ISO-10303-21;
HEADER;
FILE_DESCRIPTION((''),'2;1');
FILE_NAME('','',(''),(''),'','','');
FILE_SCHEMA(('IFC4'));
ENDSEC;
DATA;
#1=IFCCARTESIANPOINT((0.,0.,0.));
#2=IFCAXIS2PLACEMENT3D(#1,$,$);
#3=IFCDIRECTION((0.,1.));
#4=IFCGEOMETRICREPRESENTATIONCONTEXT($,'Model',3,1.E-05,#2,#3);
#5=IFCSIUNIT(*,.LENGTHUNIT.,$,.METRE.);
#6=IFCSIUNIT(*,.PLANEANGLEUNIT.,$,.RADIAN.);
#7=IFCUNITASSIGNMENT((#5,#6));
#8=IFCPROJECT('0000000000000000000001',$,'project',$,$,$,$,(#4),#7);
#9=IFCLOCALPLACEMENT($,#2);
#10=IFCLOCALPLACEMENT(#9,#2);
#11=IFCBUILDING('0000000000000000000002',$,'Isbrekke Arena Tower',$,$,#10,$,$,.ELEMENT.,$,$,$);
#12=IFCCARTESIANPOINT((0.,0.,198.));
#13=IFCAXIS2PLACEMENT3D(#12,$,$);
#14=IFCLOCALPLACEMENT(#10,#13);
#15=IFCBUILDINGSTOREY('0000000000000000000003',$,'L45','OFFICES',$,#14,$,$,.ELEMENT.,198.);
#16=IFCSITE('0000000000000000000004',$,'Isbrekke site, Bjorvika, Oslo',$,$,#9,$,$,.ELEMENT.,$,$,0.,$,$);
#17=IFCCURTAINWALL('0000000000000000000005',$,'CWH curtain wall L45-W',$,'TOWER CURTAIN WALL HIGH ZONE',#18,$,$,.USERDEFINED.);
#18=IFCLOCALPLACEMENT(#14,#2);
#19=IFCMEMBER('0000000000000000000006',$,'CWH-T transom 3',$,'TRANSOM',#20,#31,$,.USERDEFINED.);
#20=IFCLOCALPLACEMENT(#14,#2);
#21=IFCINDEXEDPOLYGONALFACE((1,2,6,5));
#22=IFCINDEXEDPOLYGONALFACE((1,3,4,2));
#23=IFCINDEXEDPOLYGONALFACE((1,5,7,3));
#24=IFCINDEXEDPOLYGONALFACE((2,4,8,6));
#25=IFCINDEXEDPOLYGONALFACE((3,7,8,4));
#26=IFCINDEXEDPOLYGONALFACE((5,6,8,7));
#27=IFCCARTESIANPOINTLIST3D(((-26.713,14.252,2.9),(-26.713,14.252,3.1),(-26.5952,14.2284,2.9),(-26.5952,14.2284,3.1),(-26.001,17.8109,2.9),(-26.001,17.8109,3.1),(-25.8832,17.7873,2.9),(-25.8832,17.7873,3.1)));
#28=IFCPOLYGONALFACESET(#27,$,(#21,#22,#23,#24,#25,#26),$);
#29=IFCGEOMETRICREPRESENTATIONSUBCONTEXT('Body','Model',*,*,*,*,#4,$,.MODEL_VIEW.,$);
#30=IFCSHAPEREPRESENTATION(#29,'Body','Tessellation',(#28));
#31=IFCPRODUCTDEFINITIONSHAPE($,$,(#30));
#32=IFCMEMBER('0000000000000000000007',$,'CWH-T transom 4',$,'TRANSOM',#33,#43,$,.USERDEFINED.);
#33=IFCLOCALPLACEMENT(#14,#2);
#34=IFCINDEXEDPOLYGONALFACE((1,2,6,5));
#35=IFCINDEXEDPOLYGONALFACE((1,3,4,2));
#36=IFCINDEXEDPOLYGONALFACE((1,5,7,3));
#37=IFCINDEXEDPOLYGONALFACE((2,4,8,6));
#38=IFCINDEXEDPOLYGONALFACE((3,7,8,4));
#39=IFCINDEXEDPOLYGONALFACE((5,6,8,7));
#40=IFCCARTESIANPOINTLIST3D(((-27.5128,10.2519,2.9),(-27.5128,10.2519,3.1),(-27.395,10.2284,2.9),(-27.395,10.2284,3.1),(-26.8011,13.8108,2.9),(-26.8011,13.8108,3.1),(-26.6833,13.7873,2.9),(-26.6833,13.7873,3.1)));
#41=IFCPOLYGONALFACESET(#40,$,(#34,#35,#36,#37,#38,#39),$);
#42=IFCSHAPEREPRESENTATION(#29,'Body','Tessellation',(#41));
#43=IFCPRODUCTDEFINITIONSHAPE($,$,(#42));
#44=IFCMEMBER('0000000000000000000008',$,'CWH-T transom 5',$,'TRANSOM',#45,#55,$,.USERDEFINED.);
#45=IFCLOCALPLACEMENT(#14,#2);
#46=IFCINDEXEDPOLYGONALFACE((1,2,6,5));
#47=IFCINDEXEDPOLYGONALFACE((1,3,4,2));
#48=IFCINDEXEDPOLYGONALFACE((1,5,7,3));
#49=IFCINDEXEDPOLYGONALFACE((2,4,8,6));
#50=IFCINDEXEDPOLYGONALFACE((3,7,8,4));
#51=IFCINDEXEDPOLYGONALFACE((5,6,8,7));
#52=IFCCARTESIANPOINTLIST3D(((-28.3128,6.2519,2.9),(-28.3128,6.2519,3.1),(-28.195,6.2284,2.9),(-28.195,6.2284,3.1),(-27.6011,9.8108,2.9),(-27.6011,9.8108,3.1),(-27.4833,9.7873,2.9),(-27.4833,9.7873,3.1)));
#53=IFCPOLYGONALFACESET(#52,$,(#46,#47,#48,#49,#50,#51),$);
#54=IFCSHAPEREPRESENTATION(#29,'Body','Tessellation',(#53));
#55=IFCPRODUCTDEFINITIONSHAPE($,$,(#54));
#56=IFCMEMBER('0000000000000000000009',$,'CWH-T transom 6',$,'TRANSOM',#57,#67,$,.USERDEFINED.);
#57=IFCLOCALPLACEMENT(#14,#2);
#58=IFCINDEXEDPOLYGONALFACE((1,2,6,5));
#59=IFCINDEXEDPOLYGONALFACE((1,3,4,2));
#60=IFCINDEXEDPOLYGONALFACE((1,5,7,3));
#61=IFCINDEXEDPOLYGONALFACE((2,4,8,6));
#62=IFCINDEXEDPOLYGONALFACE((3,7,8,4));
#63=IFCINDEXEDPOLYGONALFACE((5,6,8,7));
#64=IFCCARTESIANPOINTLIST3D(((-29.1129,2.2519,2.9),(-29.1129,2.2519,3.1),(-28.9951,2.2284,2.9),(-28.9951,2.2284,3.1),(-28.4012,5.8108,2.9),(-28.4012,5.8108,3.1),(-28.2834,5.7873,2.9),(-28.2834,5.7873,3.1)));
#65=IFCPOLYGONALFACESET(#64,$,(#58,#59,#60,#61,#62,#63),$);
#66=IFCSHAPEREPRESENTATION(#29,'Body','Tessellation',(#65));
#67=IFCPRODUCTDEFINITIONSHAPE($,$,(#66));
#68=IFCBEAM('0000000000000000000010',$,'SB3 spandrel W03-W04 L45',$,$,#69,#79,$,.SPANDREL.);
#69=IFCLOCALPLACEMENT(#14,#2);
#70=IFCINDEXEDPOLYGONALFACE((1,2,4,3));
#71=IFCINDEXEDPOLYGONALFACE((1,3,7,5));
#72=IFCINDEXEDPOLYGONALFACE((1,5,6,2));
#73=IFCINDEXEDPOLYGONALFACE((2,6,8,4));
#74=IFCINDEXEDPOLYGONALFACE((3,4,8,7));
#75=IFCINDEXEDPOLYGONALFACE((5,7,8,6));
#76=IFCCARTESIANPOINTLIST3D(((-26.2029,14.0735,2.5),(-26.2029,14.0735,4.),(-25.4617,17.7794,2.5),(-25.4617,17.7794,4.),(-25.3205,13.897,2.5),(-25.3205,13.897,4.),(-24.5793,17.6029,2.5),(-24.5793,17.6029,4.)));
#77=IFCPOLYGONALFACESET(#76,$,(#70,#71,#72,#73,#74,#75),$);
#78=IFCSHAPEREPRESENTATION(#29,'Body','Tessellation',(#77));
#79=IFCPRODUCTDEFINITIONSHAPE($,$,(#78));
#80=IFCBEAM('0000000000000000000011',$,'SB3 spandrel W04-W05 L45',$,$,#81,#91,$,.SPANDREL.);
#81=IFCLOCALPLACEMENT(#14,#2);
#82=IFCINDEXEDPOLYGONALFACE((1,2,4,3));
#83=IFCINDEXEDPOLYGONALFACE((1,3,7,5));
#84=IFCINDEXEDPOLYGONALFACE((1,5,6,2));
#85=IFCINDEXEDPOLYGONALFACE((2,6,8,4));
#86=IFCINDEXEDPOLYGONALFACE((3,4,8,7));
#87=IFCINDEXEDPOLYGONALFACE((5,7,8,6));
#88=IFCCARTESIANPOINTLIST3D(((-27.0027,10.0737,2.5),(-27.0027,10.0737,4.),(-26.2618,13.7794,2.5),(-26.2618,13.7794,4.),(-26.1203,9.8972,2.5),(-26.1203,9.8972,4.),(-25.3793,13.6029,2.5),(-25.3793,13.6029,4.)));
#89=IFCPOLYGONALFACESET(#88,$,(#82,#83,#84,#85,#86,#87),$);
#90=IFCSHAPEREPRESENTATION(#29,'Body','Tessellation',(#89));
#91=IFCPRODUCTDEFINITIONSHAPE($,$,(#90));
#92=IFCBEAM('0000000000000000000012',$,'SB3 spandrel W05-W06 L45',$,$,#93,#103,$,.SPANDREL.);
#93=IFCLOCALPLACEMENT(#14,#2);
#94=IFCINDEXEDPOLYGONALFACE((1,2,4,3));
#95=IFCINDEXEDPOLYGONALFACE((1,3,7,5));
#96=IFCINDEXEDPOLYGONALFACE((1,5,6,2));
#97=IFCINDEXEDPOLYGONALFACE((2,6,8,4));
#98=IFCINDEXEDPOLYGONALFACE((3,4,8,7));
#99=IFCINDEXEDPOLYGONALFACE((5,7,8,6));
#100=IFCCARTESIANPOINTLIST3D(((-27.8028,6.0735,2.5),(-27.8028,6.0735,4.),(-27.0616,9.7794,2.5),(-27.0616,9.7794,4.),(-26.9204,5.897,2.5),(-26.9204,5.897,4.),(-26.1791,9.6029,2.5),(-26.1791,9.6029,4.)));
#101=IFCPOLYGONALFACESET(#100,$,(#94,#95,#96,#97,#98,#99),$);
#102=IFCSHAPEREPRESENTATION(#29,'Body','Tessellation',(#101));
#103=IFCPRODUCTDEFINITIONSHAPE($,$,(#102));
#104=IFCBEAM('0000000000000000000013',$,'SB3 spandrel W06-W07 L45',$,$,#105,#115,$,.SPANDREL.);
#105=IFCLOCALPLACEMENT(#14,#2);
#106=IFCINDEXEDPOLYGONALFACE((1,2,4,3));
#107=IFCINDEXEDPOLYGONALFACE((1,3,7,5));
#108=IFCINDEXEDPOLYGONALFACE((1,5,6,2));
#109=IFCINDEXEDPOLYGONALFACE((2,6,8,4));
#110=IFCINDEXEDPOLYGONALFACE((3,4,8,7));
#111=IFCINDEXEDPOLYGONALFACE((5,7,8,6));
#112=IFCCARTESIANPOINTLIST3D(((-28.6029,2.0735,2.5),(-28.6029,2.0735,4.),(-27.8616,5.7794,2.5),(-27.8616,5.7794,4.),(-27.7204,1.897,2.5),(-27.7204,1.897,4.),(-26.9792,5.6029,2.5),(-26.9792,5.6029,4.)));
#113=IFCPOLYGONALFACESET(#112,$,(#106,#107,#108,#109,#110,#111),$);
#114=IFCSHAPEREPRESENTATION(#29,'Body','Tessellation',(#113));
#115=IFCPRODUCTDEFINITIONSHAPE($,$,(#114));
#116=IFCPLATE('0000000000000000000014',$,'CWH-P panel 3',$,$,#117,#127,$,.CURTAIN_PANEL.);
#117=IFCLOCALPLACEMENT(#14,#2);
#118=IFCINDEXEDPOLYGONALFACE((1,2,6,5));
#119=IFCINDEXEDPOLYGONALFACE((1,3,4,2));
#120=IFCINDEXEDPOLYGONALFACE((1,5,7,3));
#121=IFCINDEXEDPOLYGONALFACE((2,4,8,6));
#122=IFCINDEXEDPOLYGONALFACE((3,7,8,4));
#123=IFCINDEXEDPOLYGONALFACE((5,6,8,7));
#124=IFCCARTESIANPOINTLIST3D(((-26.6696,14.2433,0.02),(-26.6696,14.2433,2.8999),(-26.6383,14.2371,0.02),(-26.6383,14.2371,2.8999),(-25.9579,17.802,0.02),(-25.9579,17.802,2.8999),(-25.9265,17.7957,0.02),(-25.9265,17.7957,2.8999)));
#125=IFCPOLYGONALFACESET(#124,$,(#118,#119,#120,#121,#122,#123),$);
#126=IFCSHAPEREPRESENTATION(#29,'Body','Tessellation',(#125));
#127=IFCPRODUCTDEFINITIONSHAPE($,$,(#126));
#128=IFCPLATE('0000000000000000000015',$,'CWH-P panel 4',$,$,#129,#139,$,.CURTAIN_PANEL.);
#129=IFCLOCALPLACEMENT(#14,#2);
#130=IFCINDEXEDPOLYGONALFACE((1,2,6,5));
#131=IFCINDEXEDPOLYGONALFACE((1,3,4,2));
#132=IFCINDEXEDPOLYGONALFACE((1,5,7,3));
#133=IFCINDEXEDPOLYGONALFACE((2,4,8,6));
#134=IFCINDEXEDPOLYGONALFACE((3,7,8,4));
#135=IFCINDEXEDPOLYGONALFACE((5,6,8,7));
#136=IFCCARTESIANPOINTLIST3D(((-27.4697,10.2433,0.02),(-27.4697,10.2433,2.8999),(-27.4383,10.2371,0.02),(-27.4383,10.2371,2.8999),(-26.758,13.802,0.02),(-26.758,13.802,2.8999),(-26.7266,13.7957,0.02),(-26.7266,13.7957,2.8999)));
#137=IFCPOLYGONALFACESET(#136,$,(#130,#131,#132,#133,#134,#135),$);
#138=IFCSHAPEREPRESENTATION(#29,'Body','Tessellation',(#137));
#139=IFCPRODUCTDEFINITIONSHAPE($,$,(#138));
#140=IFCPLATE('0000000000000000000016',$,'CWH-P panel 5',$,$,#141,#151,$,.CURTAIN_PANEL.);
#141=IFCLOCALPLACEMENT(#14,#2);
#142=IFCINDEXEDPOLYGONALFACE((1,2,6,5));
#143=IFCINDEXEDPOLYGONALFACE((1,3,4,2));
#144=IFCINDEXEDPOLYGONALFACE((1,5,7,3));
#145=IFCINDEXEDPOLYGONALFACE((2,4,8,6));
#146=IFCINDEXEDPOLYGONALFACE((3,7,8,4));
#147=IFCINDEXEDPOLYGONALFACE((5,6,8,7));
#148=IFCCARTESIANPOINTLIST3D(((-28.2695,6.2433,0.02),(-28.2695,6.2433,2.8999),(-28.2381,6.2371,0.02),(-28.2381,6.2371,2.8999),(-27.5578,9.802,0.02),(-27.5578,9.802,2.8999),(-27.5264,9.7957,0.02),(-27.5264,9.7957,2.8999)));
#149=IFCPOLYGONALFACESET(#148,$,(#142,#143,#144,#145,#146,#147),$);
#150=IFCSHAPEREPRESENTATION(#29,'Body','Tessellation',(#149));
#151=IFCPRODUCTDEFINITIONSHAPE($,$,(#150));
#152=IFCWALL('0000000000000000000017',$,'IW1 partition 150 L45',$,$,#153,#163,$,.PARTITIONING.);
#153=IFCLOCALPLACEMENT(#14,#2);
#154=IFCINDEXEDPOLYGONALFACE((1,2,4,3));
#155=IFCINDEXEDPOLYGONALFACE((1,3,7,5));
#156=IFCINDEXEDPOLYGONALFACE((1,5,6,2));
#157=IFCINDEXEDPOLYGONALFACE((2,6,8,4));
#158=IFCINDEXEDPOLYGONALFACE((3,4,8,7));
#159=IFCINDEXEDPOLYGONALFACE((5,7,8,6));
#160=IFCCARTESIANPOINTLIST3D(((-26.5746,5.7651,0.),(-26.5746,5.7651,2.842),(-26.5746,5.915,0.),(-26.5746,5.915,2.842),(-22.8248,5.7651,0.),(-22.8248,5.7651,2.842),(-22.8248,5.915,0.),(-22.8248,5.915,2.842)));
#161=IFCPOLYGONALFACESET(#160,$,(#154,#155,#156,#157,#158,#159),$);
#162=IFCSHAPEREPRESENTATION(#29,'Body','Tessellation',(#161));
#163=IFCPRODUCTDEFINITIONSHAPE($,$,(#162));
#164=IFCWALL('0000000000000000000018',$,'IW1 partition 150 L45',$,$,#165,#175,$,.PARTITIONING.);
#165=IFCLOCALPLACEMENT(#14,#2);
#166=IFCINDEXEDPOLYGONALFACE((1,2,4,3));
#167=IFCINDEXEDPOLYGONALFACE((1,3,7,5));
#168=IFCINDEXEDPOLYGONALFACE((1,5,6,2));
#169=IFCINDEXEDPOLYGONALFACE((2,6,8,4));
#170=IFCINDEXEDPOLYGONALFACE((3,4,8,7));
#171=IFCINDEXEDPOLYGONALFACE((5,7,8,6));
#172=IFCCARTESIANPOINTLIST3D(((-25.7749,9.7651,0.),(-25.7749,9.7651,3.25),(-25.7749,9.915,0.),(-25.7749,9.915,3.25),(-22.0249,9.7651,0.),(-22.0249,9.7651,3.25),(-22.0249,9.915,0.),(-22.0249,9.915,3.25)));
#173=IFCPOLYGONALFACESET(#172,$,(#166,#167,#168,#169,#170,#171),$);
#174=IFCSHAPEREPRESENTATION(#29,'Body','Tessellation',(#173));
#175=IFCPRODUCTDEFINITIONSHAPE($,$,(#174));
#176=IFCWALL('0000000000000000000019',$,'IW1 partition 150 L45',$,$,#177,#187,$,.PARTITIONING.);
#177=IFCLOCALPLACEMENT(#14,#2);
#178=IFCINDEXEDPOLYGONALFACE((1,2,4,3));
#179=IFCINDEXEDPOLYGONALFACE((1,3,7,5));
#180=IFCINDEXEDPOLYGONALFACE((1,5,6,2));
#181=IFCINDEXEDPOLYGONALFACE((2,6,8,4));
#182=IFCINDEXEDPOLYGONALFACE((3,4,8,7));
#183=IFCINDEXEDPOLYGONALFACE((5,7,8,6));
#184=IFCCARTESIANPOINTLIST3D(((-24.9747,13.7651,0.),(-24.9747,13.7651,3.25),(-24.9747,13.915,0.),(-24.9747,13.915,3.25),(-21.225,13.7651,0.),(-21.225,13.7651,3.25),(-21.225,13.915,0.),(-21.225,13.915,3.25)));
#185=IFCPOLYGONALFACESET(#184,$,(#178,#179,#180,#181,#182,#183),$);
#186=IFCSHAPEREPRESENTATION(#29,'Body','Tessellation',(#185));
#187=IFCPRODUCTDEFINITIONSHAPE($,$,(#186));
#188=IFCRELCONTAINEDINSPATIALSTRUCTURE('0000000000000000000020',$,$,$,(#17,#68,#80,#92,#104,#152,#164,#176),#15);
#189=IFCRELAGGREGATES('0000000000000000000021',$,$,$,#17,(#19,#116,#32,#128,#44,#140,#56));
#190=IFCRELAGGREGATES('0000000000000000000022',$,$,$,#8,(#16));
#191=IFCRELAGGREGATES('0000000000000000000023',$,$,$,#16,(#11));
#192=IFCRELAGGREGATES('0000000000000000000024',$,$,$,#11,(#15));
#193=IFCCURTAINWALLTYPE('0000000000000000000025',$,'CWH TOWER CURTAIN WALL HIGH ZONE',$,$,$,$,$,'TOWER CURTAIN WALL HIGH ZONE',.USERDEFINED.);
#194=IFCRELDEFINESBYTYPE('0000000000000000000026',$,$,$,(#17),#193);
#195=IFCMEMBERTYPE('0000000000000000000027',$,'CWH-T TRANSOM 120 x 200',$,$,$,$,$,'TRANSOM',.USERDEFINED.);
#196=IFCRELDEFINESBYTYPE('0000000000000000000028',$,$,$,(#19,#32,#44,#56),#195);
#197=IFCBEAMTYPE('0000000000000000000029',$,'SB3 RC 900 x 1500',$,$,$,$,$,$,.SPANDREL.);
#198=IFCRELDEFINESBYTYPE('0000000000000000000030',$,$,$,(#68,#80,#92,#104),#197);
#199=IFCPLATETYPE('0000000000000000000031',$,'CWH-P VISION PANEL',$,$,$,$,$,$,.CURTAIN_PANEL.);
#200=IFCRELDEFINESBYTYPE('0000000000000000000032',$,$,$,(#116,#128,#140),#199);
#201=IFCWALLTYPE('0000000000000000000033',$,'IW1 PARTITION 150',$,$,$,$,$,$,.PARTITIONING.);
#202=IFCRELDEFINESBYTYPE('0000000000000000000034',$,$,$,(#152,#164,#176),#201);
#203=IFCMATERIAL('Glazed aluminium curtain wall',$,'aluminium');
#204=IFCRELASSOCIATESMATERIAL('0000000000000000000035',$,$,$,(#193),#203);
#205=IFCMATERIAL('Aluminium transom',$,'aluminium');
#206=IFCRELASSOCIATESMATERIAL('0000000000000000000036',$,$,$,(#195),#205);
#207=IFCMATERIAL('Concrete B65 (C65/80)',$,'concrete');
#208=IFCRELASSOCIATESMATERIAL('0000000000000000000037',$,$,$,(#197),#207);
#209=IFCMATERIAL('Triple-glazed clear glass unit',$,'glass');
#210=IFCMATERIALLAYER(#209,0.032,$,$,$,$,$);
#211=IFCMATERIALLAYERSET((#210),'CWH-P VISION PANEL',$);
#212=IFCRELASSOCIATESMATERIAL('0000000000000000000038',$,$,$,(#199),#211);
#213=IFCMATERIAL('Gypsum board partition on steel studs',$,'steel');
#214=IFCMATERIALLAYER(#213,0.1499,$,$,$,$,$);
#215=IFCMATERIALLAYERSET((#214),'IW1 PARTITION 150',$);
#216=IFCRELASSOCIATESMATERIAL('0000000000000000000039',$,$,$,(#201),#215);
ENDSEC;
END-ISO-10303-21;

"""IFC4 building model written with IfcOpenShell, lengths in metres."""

from ifc_helpers import new_model, si_unit, direction, frame, frame_2d, origin, origin_2d, place, context, subcontext, project, spatial, rectangle, extrude, material, layer, layer_set, material_profile, profile_set, type_object, element, aggregate, save


model = new_model("IFC4")

# Units and contexts
model_context = context("Model", 3, precision=1e-05, world=origin(), true_north=direction((0.0, 1.0)))
body_context = subcontext(model_context, "Body", "Model", "MODEL_VIEW")
ifc_project = project(units=[si_unit("LENGTHUNIT", "METRE"), si_unit("PLANEANGLEUNIT", "RADIAN")], contexts=[model_context])

# Site, building, storey
site_placement = place(None, origin())
site = spatial("IfcSite", under=ifc_project, at=site_placement, Name="Isbrekke site, Bjorvika, Oslo", CompositionType="ELEMENT", RefElevation=0.0)
building_placement = place(site_placement, origin())
building = spatial("IfcBuilding", under=site, at=building_placement, Name="Isbrekke Arena Tower", CompositionType="ELEMENT")
storey_placement = place(building_placement, frame((0.0, 0.0, 198.0)))
storey = spatial("IfcBuildingStorey", under=building, at=storey_placement, Name="L45", Description="OFFICES", CompositionType="ELEMENT", Elevation=198.0)

# Curtain wall, members
ifc_material_1 = material(Name="Glazed aluminium curtain wall", Category="aluminium")
curtain_wall_type = type_object("IfcCurtainWallType", Name="CWH TOWER CURTAIN WALL HIGH ZONE", ElementType="TOWER CURTAIN WALL HIGH ZONE", PredefinedType="USERDEFINED", material=ifc_material_1)
curtain_wall_placement = place(storey_placement, origin())
curtain_wall = element("IfcCurtainWall", 1, at=curtain_wall_placement, inside=storey, type_object=curtain_wall_type, Name="CWH curtain wall L45-W", ObjectType="TOWER CURTAIN WALL HIGH ZONE", PredefinedType="USERDEFINED")
ifc_material_2 = material(Name="Aluminium transom", Category="aluminium")
ifc_material_profile_1 = material_profile(ifc_material_2, rectangle(XDim=0.1201, YDim=0.2, at=origin_2d()), Name="TRANSOM 120X200")
ifc_profile_set_1 = profile_set([ifc_material_profile_1], Name="Aluminium transom")
member_type_1 = type_object("IfcMemberType", Name="CWH-T TRANSOM 120 x 200", ElementType="TRANSOM", PredefinedType="USERDEFINED", material=ifc_profile_set_1)
member_1_placement = place(storey_placement, frame((-25.9421, 17.7991, 3.0), z_axis=(-0.196155, -0.980573, 0.0), x_axis=(0.980573, -0.196155, 0.0)))
member_1 = element("IfcMember", 2, at=member_1_placement, type_object=member_type_1, Name="CWH-T transom 3", ObjectType="TRANSOM", PredefinedType="USERDEFINED", context=body_context, shape_type="SweptSolid", body=[
    extrude(rectangle(XDim=0.1201, YDim=0.2, at=origin_2d()), origin(), (0.0, 0.0, 1.0), 3.6294),
])
member_2_placement = place(storey_placement, frame((-26.7422, 13.7991, 3.0), z_axis=(-0.19609, -0.980586, 0.0), x_axis=(0.980586, -0.19609, 0.0)))
member_2 = element("IfcMember", 3, at=member_2_placement, type_object=member_type_1, Name="CWH-T transom 4", ObjectType="TRANSOM", PredefinedType="USERDEFINED", context=body_context, shape_type="SweptSolid", body=[
    extrude(rectangle(XDim=0.1201, YDim=0.2, at=origin_2d()), origin(), (0.0, 0.0, 1.0), 3.6294),
])
member_3_placement = place(storey_placement, frame((-27.5422, 9.7991, 3.0), z_axis=(-0.19609, -0.980586, 0.0), x_axis=(0.980586, -0.19609, 0.0)))
member_3 = element("IfcMember", 4, at=member_3_placement, type_object=member_type_1, Name="CWH-T transom 5", ObjectType="TRANSOM", PredefinedType="USERDEFINED", context=body_context, shape_type="SweptSolid", body=[
    extrude(rectangle(XDim=0.1201, YDim=0.2, at=origin_2d()), origin(), (0.0, 0.0, 1.0), 3.6294),
])
member_4_placement = place(storey_placement, frame((-28.3423, 5.7991, 3.0), z_axis=(-0.19609, -0.980586, 0.0), x_axis=(0.980586, -0.19609, 0.0)))
member_4 = element("IfcMember", 5, at=member_4_placement, type_object=member_type_1, Name="CWH-T transom 6", ObjectType="TRANSOM", PredefinedType="USERDEFINED", context=body_context, shape_type="SweptSolid", body=[
    extrude(rectangle(XDim=0.1201, YDim=0.2, at=origin_2d()), origin(), (0.0, 0.0, 1.0), 3.6294),
])

# Beams
ifc_material_3 = material(Name="Concrete B65 (C65/80)", Category="concrete")
ifc_material_profile_2 = material_profile(ifc_material_3, rectangle(XDim=0.8999, YDim=1.5, at=origin_2d()), Name="RC 900x1500")
ifc_profile_set_2 = profile_set([ifc_material_profile_2], Name="Concrete B65 (C65/80)")
beam_type_1 = type_object("IfcBeamType", Name="SB3 RC 900 x 1500", PredefinedType="SPANDREL", material=ifc_profile_set_2)
beam_1_placement = place(storey_placement, frame((-25.0205, 17.6912, 3.25), z_axis=(-0.196129, -0.980578, 0.0), x_axis=(0.980578, -0.196129, 0.0)))
element("IfcBeam", 6, at=beam_1_placement, inside=storey, type_object=beam_type_1, Name="SB3 spandrel W03-W04 L45", PredefinedType="SPANDREL", context=body_context, shape_type="SweptSolid", body=[
    extrude(rectangle(XDim=0.8999, YDim=1.5, at=origin_2d()), origin(), (0.0, 0.0, 1.0), 3.7793),
])
beam_2_placement = place(storey_placement, frame((-25.8206, 13.6912, 3.25), z_axis=(-0.196066, -0.980591, 0.0), x_axis=(0.980591, -0.196066, 0.0)))
element("IfcBeam", 7, at=beam_2_placement, inside=storey, type_object=beam_type_1, Name="SB3 spandrel W04-W05 L45", PredefinedType="SPANDREL", context=body_context, shape_type="SweptSolid", body=[
    extrude(rectangle(XDim=0.8999, YDim=1.5, at=origin_2d()), origin(), (0.0, 0.0, 1.0), 3.7791),
])
for number, where, z_axis, x_axis, name in (
    (8, (-26.6204, 9.6912, 3.25), (-0.196129, -0.980578, 0.0), (0.980578, -0.196129, 0.0), "SB3 spandrel W05-W06 L45"),
    (9, (-27.4204, 5.6912, 3.25), (-0.196129, -0.980578, 0.0), (0.980578, -0.196129, 0.0), "SB3 spandrel W06-W07 L45"),
):
    element("IfcBeam", number, at=place(storey_placement, frame(where, z_axis=z_axis, x_axis=x_axis)), inside=storey, type_object=beam_type_1, Name=name, PredefinedType="SPANDREL", context=body_context, shape_type="SweptSolid", body=[
        extrude(rectangle(XDim=0.8999, YDim=1.5, at=origin_2d()), origin(), (0.0, 0.0, 1.0), 3.7793),
    ])

# Plates
ifc_material_4 = material(Name="Triple-glazed clear glass unit", Category="glass")
ifc_layer_1 = layer(ifc_material_4, 0.032)
ifc_layer_set_1 = layer_set([ifc_layer_1], Name="CWH-P VISION PANEL")
plate_type = type_object("IfcPlateType", Name="CWH-P VISION PANEL", PredefinedType="CURTAIN_PANEL", material=ifc_layer_set_1)
plate_1_placement = place(storey_placement, frame((-26.2981, 16.0195, 0.02), z_axis=(0.0, 0.0, 1.0), x_axis=(-0.196116, -0.980581, 0.0)))
plate_1 = element("IfcPlate", 10, at=plate_1_placement, type_object=plate_type, Name="CWH-P panel 3", PredefinedType="CURTAIN_PANEL", context=body_context, shape_type="SweptSolid", body=[
    extrude(rectangle(XDim=3.6292, YDim=0.032, at=origin_2d()), origin(), (0.0, 0.0, 1.0), 2.8799),
])
plate_2_placement = place(storey_placement, frame((-27.0981, 12.0195, 0.02), z_axis=(0.0, 0.0, 1.0), x_axis=(-0.196116, -0.980581, 0.0)))
plate_2 = element("IfcPlate", 11, at=plate_2_placement, type_object=plate_type, Name="CWH-P panel 4", PredefinedType="CURTAIN_PANEL", context=body_context, shape_type="SweptSolid", body=[
    extrude(rectangle(XDim=3.6292, YDim=0.032, at=origin_2d()), origin(), (0.0, 0.0, 1.0), 2.8799),
])
plate_3_placement = place(storey_placement, frame((-27.8979, 8.0195, 0.02), z_axis=(0.0, 0.0, 1.0), x_axis=(-0.196116, -0.980581, 0.0)))
plate_3 = element("IfcPlate", 12, at=plate_3_placement, type_object=plate_type, Name="CWH-P panel 5", PredefinedType="CURTAIN_PANEL", context=body_context, shape_type="SweptSolid", body=[
    extrude(rectangle(XDim=3.6292, YDim=0.032, at=origin_2d()), origin(), (0.0, 0.0, 1.0), 2.8799),
])
aggregate(curtain_wall, [member_1, plate_1, member_2, plate_2, member_3, plate_3, member_4])

# Walls
ifc_material_5 = material(Name="Gypsum board partition on steel studs", Category="steel")
ifc_layer_2 = layer(ifc_material_5, 0.1499)
ifc_layer_set_2 = layer_set([ifc_layer_2], Name="IW1 PARTITION 150")
wall_type_1 = type_object("IfcWallType", Name="IW1 PARTITION 150", PredefinedType="PARTITIONING", material=ifc_layer_set_2)
wall_1_placement = place(storey_placement, frame((-26.5747, 5.8401, 0.0), z_axis=(0.0, 0.0, 1.0), x_axis=(1.0, 0.0, 0.0)))
element("IfcWall", 13, at=wall_1_placement, inside=storey, type_object=wall_type_1, Name="IW1 partition 150 L45", PredefinedType="PARTITIONING", context=body_context, shape_type="SweptSolid", body=[
    extrude(rectangle(XDim=3.7498, YDim=0.1499, at=frame_2d((1.875, 0.0))), origin(), (0.0, 0.0, 1.0), 2.842),
])
wall_2_placement = place(storey_placement, frame((-25.7749, 9.8401, 0.0), z_axis=(0.0, 0.0, 1.0), x_axis=(1.0, 0.0, 0.0)))
element("IfcWall", 14, at=wall_2_placement, inside=storey, type_object=wall_type_1, Name="IW1 partition 150 L45", PredefinedType="PARTITIONING", context=body_context, shape_type="SweptSolid", body=[
    extrude(rectangle(XDim=3.75, YDim=0.1499, at=frame_2d((1.875, 0.0))), origin(), (0.0, 0.0, 1.0), 3.25),
])
wall_3_placement = place(storey_placement, frame((-24.9749, 13.8401, 0.0), z_axis=(0.0, 0.0, 1.0), x_axis=(1.0, 0.0, 0.0)))
element("IfcWall", 15, at=wall_3_placement, inside=storey, type_object=wall_type_1, Name="IW1 partition 150 L45", PredefinedType="PARTITIONING", context=body_context, shape_type="SweptSolid", body=[
    extrude(rectangle(XDim=3.7498, YDim=0.1499, at=frame_2d((1.875, 0.0))), origin(), (0.0, 0.0, 1.0), 3.25),
])

save(model, "model.ifc")
